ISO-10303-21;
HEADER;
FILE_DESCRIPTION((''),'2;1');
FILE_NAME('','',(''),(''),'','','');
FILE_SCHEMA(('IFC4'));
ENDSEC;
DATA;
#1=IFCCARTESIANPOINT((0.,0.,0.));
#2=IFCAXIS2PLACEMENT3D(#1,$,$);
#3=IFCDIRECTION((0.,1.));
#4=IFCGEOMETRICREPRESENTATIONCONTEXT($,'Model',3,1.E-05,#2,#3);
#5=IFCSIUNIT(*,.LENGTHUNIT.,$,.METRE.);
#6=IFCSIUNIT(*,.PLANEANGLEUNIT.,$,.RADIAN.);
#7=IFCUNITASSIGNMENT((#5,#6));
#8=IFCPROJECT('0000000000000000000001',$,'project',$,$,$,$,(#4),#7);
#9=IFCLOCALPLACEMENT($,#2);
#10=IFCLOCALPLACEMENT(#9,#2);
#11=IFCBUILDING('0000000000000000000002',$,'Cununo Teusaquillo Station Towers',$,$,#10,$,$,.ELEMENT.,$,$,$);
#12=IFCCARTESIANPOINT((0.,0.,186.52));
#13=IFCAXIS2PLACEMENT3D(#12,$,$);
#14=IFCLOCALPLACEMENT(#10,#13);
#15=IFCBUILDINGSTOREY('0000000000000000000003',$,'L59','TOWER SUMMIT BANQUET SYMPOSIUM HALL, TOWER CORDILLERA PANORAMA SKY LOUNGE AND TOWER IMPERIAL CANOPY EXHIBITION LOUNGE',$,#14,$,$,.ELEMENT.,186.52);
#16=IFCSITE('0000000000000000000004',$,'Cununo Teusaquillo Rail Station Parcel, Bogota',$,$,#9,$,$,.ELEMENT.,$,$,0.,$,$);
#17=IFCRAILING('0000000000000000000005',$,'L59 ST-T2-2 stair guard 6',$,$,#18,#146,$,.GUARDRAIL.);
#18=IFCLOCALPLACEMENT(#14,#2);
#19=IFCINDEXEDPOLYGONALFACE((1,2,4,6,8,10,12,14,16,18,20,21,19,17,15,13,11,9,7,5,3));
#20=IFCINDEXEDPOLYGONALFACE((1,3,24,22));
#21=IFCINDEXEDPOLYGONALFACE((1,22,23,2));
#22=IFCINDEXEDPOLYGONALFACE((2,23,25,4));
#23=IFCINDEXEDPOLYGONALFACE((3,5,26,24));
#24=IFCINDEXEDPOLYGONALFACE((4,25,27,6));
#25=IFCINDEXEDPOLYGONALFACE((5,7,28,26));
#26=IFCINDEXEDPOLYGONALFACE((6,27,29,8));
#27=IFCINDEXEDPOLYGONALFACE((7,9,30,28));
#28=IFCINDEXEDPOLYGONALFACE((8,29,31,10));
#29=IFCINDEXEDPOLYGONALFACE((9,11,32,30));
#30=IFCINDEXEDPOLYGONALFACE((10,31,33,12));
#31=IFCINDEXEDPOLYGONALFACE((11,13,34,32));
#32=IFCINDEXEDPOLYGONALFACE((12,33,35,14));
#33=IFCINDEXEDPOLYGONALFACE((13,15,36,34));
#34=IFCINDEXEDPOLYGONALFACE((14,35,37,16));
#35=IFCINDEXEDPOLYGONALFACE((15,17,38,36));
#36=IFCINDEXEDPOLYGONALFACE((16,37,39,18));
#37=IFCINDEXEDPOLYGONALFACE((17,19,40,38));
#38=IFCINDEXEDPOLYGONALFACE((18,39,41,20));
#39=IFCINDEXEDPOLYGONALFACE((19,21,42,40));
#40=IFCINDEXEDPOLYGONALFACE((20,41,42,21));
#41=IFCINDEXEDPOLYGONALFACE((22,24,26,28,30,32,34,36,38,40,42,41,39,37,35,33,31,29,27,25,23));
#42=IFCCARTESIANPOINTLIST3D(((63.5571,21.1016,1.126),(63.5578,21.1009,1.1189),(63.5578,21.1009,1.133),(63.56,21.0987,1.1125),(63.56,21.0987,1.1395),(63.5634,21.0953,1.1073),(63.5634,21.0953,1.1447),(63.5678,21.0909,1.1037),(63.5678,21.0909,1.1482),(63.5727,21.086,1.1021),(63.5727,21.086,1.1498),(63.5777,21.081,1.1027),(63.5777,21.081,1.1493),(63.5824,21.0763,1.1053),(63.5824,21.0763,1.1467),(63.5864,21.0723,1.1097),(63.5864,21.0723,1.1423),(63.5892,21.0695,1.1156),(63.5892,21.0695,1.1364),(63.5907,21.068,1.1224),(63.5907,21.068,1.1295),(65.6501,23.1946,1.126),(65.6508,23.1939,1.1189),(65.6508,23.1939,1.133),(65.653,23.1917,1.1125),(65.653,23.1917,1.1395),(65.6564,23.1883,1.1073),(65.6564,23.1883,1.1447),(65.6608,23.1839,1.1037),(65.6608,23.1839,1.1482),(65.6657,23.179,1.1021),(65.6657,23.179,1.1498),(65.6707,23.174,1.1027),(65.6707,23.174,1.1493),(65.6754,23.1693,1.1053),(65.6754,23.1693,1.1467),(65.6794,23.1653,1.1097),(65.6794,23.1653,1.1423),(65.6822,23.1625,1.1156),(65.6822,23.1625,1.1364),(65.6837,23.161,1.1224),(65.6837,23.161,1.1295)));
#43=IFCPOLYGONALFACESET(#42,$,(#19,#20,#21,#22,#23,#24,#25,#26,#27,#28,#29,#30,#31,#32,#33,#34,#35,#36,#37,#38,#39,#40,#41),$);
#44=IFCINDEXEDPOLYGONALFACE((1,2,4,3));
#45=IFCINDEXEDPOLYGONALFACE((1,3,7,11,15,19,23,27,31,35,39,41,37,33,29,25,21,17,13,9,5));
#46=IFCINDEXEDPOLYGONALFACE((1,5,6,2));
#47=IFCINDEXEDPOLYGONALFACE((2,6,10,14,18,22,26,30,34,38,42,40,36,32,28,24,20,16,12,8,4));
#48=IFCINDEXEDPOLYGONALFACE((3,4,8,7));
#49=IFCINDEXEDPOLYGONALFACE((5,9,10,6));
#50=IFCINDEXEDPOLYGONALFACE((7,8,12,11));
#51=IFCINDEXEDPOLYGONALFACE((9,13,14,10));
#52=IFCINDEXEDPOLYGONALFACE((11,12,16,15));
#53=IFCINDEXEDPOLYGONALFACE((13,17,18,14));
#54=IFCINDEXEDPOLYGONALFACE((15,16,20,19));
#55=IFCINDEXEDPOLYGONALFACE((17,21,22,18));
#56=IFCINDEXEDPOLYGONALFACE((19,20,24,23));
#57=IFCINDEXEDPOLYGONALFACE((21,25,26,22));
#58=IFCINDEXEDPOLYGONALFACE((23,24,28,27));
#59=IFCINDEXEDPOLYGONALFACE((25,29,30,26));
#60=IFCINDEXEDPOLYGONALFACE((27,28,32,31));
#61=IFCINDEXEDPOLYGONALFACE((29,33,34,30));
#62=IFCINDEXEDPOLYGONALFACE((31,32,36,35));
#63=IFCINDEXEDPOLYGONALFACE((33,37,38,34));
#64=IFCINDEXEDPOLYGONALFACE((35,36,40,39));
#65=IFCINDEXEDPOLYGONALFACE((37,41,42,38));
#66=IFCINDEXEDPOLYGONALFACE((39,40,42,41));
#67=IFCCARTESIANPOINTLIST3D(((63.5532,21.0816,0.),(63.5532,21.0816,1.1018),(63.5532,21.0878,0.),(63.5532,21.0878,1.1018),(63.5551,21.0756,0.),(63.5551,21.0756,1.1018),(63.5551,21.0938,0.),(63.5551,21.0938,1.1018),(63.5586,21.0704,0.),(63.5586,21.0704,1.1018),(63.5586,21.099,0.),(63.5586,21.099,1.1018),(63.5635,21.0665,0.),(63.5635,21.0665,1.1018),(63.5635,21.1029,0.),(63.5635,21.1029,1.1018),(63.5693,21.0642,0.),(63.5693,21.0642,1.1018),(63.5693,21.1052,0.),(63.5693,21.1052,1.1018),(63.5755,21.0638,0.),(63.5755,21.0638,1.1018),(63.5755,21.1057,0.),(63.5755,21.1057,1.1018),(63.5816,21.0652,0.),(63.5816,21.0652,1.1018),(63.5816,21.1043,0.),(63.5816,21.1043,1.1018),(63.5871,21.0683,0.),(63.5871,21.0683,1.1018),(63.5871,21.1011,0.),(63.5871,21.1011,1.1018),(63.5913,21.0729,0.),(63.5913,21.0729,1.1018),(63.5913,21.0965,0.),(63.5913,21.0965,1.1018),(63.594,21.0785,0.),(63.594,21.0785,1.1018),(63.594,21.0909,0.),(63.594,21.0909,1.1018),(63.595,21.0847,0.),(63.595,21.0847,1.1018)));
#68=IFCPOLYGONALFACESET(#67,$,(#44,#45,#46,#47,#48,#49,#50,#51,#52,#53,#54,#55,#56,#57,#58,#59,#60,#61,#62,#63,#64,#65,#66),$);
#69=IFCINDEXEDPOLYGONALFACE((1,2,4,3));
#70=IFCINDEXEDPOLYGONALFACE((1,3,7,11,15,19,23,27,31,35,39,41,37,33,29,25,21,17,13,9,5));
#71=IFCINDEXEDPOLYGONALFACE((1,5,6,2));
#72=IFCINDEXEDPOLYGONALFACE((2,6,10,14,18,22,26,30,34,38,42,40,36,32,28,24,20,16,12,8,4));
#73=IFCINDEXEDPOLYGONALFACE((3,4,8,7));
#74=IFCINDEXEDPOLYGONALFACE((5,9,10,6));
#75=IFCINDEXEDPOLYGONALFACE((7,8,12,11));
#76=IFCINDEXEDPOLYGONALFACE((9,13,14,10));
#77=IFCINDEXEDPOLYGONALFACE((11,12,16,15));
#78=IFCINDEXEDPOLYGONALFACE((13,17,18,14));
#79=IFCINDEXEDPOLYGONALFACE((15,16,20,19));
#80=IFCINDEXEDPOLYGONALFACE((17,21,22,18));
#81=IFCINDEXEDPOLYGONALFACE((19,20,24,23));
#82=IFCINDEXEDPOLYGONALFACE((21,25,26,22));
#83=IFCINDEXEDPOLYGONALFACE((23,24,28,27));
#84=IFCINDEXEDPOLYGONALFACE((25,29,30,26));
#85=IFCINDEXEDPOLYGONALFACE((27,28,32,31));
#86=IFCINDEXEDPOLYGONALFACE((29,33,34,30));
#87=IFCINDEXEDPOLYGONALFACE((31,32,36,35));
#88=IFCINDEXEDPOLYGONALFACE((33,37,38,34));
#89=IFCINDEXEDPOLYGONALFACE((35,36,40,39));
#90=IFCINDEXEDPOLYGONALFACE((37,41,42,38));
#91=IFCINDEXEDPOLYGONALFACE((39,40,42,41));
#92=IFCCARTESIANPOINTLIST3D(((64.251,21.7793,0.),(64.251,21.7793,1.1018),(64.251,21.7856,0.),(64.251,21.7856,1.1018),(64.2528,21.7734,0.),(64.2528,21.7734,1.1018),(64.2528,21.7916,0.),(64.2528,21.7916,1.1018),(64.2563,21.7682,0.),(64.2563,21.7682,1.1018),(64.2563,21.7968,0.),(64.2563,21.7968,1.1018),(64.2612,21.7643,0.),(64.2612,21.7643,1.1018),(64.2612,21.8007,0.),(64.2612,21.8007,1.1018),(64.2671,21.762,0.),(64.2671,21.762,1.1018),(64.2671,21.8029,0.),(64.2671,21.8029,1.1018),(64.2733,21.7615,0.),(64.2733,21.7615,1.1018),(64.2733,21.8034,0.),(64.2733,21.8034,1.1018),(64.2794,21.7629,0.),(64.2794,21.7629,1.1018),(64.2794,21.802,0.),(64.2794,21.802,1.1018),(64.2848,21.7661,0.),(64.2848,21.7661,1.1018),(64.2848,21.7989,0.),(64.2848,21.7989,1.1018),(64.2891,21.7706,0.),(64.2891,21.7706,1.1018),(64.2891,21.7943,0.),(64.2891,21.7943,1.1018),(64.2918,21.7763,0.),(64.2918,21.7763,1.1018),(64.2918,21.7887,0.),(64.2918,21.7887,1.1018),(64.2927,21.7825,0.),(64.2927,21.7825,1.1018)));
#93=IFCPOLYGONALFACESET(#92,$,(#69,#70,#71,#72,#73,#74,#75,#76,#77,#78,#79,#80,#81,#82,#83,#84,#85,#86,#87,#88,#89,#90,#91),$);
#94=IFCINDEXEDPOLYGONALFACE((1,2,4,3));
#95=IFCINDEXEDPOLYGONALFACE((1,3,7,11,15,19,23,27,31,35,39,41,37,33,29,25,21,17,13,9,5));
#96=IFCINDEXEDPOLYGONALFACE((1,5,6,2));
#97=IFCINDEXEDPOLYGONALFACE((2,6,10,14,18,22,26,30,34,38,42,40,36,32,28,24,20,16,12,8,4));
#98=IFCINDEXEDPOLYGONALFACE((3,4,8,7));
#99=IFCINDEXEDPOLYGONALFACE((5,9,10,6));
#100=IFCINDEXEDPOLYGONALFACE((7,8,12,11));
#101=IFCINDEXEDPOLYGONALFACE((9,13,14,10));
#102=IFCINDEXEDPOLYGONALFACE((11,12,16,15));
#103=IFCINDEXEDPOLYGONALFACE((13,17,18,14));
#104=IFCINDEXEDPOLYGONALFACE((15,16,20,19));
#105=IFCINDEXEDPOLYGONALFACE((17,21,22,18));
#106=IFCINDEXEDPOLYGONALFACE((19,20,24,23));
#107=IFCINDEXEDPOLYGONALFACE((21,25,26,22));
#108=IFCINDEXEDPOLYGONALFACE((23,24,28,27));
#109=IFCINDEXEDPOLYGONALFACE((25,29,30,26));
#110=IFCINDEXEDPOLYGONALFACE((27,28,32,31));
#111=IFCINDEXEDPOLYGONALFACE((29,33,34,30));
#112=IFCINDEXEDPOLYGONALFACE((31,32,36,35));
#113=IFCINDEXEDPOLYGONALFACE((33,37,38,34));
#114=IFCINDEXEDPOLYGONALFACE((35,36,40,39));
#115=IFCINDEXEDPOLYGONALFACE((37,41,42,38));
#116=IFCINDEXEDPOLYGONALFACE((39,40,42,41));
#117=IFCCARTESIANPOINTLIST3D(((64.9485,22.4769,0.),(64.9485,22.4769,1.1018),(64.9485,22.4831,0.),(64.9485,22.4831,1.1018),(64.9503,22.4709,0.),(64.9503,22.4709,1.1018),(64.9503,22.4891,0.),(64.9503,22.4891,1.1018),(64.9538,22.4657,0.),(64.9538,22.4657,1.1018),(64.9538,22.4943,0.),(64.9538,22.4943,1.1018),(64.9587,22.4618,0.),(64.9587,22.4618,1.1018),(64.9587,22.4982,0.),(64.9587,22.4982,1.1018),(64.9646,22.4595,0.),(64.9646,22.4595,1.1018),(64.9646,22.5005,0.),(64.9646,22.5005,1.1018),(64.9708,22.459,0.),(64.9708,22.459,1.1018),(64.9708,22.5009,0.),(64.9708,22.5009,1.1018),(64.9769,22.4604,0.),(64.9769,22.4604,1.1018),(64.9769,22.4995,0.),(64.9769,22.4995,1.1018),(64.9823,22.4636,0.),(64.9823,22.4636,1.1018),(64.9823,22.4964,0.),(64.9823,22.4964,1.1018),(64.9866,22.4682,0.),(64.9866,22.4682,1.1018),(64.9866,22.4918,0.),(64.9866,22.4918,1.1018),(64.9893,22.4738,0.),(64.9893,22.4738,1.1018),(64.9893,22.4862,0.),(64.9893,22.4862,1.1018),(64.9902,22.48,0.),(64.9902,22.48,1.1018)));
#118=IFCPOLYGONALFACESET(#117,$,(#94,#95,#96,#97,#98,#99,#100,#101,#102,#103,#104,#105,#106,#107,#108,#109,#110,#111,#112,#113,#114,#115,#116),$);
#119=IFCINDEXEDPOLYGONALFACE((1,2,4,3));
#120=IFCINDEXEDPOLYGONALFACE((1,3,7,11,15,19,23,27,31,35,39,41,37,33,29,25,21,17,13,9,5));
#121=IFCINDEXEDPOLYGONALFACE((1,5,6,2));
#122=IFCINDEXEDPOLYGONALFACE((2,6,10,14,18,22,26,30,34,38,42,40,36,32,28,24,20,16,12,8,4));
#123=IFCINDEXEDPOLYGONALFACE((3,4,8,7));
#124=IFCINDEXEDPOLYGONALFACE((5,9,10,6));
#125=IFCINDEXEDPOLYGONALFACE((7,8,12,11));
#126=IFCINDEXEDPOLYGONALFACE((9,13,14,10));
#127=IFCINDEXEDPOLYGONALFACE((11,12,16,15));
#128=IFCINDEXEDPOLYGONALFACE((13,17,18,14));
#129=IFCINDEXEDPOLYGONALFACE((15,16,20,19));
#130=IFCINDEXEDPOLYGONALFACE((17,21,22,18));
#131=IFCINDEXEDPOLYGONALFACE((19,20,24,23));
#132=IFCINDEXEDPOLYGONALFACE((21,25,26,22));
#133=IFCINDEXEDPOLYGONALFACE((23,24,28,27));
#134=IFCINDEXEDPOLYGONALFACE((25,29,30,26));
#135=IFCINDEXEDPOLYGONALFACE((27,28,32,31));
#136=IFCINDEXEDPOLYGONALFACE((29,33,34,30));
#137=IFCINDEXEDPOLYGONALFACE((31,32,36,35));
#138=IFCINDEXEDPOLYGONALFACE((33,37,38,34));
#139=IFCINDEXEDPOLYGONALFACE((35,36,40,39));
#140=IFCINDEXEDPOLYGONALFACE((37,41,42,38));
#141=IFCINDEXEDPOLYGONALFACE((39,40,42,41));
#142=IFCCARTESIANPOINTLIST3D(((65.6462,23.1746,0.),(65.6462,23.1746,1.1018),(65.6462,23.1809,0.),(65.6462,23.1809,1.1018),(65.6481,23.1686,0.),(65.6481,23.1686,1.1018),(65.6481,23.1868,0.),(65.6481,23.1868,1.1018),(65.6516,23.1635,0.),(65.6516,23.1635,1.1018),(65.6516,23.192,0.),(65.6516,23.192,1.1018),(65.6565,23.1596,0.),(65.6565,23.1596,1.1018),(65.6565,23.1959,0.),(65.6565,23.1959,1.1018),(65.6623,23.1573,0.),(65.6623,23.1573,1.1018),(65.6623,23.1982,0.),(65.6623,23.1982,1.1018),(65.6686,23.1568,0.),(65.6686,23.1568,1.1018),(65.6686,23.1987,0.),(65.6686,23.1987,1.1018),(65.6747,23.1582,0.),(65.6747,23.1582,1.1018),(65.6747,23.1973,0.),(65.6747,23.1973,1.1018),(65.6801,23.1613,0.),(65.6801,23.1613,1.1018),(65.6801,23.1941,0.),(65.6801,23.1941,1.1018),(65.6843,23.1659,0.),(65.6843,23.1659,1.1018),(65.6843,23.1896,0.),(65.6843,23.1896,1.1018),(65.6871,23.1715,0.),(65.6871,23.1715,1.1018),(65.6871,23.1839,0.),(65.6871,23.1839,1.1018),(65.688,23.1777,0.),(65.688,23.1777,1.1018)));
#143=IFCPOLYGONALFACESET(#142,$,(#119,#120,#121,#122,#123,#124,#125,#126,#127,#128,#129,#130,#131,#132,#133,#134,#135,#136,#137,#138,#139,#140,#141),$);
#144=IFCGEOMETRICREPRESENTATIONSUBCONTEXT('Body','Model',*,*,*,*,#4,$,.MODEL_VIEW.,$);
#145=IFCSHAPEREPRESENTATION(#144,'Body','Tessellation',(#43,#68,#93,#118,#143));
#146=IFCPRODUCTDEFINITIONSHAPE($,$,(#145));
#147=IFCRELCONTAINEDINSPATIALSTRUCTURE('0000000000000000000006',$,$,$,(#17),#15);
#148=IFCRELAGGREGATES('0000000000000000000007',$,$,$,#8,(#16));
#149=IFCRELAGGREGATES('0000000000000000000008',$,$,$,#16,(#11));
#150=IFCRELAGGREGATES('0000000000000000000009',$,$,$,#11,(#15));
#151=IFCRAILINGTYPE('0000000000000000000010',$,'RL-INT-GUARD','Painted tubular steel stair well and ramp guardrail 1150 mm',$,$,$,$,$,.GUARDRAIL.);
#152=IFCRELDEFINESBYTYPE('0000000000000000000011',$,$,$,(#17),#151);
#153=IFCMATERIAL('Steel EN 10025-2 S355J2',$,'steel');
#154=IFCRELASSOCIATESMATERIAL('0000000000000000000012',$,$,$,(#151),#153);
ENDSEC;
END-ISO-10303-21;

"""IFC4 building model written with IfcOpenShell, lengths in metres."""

from ifc_helpers import new_model, si_unit, direction, frame, origin, origin_2d, place, context, subcontext, project, spatial, circle, extrude, material, type_object, element, save


model = new_model("IFC4")

# Units and contexts
model_context = context("Model", 3, precision=1e-05, world=origin(), true_north=direction((0.0, 1.0)))
body_context = subcontext(model_context, "Body", "Model", "MODEL_VIEW")
ifc_project = project(units=[si_unit("LENGTHUNIT", "METRE"), si_unit("PLANEANGLEUNIT", "RADIAN")], contexts=[model_context])

# Site, building, storey
site_placement = place(None, origin())
site = spatial("IfcSite", under=ifc_project, at=site_placement, Name="Cununo Teusaquillo Rail Station Parcel, Bogota", CompositionType="ELEMENT", RefElevation=0.0)
building_placement = place(site_placement, origin())
building = spatial("IfcBuilding", under=site, at=building_placement, Name="Cununo Teusaquillo Station Towers", CompositionType="ELEMENT")
storey_placement = place(building_placement, frame((0.0, 0.0, 186.52)))
storey = spatial("IfcBuildingStorey", under=building, at=storey_placement, Name="L59", Description="TOWER SUMMIT BANQUET SYMPOSIUM HALL, TOWER CORDILLERA PANORAMA SKY LOUNGE AND TOWER IMPERIAL CANOPY EXHIBITION LOUNGE", CompositionType="ELEMENT", Elevation=186.52)

# Railing
ifc_material_1 = material(Name="Steel EN 10025-2 S355J2", Category="steel")
railing_type = type_object("IfcRailingType", Name="RL-INT-GUARD", Description="Painted tubular steel stair well and ramp guardrail 1150 mm", PredefinedType="GUARDRAIL", material=ifc_material_1)
railing_1_placement = place(storey_placement, frame((63.574, 21.0847, 0.0)))
element("IfcRailing", 1, at=railing_1_placement, inside=storey, type_object=railing_type, Name="L59 ST-T2-2 stair guard 6", PredefinedType="GUARDRAIL", context=body_context, shape_type="SweptSolid", body=[
    extrude(circle(Radius=0.0239, at=origin_2d()), frame((0.0, 0.0, 1.126), z_axis=(0.707107, 0.707107, 0.0), x_axis=(-0.707107, 0.707107, 0.0)), (0.0, 0.0, 1.0), 2.96),
    extrude(circle(Radius=0.021, at=origin_2d()), origin(), (0.0, 0.0, 1.0), 1.1018),
    extrude(circle(Radius=0.021, at=origin_2d()), frame((0.6978, 0.6978, 0.0)), (0.0, 0.0, 1.0), 1.1018),
    extrude(circle(Radius=0.021, at=origin_2d()), frame((1.3953, 1.3953, 0.0)), (0.0, 0.0, 1.0), 1.1018),
    extrude(circle(Radius=0.021, at=origin_2d()), frame((2.093, 2.093, 0.0)), (0.0, 0.0, 1.0), 1.1018),
])

save(model, "model.ifc")
